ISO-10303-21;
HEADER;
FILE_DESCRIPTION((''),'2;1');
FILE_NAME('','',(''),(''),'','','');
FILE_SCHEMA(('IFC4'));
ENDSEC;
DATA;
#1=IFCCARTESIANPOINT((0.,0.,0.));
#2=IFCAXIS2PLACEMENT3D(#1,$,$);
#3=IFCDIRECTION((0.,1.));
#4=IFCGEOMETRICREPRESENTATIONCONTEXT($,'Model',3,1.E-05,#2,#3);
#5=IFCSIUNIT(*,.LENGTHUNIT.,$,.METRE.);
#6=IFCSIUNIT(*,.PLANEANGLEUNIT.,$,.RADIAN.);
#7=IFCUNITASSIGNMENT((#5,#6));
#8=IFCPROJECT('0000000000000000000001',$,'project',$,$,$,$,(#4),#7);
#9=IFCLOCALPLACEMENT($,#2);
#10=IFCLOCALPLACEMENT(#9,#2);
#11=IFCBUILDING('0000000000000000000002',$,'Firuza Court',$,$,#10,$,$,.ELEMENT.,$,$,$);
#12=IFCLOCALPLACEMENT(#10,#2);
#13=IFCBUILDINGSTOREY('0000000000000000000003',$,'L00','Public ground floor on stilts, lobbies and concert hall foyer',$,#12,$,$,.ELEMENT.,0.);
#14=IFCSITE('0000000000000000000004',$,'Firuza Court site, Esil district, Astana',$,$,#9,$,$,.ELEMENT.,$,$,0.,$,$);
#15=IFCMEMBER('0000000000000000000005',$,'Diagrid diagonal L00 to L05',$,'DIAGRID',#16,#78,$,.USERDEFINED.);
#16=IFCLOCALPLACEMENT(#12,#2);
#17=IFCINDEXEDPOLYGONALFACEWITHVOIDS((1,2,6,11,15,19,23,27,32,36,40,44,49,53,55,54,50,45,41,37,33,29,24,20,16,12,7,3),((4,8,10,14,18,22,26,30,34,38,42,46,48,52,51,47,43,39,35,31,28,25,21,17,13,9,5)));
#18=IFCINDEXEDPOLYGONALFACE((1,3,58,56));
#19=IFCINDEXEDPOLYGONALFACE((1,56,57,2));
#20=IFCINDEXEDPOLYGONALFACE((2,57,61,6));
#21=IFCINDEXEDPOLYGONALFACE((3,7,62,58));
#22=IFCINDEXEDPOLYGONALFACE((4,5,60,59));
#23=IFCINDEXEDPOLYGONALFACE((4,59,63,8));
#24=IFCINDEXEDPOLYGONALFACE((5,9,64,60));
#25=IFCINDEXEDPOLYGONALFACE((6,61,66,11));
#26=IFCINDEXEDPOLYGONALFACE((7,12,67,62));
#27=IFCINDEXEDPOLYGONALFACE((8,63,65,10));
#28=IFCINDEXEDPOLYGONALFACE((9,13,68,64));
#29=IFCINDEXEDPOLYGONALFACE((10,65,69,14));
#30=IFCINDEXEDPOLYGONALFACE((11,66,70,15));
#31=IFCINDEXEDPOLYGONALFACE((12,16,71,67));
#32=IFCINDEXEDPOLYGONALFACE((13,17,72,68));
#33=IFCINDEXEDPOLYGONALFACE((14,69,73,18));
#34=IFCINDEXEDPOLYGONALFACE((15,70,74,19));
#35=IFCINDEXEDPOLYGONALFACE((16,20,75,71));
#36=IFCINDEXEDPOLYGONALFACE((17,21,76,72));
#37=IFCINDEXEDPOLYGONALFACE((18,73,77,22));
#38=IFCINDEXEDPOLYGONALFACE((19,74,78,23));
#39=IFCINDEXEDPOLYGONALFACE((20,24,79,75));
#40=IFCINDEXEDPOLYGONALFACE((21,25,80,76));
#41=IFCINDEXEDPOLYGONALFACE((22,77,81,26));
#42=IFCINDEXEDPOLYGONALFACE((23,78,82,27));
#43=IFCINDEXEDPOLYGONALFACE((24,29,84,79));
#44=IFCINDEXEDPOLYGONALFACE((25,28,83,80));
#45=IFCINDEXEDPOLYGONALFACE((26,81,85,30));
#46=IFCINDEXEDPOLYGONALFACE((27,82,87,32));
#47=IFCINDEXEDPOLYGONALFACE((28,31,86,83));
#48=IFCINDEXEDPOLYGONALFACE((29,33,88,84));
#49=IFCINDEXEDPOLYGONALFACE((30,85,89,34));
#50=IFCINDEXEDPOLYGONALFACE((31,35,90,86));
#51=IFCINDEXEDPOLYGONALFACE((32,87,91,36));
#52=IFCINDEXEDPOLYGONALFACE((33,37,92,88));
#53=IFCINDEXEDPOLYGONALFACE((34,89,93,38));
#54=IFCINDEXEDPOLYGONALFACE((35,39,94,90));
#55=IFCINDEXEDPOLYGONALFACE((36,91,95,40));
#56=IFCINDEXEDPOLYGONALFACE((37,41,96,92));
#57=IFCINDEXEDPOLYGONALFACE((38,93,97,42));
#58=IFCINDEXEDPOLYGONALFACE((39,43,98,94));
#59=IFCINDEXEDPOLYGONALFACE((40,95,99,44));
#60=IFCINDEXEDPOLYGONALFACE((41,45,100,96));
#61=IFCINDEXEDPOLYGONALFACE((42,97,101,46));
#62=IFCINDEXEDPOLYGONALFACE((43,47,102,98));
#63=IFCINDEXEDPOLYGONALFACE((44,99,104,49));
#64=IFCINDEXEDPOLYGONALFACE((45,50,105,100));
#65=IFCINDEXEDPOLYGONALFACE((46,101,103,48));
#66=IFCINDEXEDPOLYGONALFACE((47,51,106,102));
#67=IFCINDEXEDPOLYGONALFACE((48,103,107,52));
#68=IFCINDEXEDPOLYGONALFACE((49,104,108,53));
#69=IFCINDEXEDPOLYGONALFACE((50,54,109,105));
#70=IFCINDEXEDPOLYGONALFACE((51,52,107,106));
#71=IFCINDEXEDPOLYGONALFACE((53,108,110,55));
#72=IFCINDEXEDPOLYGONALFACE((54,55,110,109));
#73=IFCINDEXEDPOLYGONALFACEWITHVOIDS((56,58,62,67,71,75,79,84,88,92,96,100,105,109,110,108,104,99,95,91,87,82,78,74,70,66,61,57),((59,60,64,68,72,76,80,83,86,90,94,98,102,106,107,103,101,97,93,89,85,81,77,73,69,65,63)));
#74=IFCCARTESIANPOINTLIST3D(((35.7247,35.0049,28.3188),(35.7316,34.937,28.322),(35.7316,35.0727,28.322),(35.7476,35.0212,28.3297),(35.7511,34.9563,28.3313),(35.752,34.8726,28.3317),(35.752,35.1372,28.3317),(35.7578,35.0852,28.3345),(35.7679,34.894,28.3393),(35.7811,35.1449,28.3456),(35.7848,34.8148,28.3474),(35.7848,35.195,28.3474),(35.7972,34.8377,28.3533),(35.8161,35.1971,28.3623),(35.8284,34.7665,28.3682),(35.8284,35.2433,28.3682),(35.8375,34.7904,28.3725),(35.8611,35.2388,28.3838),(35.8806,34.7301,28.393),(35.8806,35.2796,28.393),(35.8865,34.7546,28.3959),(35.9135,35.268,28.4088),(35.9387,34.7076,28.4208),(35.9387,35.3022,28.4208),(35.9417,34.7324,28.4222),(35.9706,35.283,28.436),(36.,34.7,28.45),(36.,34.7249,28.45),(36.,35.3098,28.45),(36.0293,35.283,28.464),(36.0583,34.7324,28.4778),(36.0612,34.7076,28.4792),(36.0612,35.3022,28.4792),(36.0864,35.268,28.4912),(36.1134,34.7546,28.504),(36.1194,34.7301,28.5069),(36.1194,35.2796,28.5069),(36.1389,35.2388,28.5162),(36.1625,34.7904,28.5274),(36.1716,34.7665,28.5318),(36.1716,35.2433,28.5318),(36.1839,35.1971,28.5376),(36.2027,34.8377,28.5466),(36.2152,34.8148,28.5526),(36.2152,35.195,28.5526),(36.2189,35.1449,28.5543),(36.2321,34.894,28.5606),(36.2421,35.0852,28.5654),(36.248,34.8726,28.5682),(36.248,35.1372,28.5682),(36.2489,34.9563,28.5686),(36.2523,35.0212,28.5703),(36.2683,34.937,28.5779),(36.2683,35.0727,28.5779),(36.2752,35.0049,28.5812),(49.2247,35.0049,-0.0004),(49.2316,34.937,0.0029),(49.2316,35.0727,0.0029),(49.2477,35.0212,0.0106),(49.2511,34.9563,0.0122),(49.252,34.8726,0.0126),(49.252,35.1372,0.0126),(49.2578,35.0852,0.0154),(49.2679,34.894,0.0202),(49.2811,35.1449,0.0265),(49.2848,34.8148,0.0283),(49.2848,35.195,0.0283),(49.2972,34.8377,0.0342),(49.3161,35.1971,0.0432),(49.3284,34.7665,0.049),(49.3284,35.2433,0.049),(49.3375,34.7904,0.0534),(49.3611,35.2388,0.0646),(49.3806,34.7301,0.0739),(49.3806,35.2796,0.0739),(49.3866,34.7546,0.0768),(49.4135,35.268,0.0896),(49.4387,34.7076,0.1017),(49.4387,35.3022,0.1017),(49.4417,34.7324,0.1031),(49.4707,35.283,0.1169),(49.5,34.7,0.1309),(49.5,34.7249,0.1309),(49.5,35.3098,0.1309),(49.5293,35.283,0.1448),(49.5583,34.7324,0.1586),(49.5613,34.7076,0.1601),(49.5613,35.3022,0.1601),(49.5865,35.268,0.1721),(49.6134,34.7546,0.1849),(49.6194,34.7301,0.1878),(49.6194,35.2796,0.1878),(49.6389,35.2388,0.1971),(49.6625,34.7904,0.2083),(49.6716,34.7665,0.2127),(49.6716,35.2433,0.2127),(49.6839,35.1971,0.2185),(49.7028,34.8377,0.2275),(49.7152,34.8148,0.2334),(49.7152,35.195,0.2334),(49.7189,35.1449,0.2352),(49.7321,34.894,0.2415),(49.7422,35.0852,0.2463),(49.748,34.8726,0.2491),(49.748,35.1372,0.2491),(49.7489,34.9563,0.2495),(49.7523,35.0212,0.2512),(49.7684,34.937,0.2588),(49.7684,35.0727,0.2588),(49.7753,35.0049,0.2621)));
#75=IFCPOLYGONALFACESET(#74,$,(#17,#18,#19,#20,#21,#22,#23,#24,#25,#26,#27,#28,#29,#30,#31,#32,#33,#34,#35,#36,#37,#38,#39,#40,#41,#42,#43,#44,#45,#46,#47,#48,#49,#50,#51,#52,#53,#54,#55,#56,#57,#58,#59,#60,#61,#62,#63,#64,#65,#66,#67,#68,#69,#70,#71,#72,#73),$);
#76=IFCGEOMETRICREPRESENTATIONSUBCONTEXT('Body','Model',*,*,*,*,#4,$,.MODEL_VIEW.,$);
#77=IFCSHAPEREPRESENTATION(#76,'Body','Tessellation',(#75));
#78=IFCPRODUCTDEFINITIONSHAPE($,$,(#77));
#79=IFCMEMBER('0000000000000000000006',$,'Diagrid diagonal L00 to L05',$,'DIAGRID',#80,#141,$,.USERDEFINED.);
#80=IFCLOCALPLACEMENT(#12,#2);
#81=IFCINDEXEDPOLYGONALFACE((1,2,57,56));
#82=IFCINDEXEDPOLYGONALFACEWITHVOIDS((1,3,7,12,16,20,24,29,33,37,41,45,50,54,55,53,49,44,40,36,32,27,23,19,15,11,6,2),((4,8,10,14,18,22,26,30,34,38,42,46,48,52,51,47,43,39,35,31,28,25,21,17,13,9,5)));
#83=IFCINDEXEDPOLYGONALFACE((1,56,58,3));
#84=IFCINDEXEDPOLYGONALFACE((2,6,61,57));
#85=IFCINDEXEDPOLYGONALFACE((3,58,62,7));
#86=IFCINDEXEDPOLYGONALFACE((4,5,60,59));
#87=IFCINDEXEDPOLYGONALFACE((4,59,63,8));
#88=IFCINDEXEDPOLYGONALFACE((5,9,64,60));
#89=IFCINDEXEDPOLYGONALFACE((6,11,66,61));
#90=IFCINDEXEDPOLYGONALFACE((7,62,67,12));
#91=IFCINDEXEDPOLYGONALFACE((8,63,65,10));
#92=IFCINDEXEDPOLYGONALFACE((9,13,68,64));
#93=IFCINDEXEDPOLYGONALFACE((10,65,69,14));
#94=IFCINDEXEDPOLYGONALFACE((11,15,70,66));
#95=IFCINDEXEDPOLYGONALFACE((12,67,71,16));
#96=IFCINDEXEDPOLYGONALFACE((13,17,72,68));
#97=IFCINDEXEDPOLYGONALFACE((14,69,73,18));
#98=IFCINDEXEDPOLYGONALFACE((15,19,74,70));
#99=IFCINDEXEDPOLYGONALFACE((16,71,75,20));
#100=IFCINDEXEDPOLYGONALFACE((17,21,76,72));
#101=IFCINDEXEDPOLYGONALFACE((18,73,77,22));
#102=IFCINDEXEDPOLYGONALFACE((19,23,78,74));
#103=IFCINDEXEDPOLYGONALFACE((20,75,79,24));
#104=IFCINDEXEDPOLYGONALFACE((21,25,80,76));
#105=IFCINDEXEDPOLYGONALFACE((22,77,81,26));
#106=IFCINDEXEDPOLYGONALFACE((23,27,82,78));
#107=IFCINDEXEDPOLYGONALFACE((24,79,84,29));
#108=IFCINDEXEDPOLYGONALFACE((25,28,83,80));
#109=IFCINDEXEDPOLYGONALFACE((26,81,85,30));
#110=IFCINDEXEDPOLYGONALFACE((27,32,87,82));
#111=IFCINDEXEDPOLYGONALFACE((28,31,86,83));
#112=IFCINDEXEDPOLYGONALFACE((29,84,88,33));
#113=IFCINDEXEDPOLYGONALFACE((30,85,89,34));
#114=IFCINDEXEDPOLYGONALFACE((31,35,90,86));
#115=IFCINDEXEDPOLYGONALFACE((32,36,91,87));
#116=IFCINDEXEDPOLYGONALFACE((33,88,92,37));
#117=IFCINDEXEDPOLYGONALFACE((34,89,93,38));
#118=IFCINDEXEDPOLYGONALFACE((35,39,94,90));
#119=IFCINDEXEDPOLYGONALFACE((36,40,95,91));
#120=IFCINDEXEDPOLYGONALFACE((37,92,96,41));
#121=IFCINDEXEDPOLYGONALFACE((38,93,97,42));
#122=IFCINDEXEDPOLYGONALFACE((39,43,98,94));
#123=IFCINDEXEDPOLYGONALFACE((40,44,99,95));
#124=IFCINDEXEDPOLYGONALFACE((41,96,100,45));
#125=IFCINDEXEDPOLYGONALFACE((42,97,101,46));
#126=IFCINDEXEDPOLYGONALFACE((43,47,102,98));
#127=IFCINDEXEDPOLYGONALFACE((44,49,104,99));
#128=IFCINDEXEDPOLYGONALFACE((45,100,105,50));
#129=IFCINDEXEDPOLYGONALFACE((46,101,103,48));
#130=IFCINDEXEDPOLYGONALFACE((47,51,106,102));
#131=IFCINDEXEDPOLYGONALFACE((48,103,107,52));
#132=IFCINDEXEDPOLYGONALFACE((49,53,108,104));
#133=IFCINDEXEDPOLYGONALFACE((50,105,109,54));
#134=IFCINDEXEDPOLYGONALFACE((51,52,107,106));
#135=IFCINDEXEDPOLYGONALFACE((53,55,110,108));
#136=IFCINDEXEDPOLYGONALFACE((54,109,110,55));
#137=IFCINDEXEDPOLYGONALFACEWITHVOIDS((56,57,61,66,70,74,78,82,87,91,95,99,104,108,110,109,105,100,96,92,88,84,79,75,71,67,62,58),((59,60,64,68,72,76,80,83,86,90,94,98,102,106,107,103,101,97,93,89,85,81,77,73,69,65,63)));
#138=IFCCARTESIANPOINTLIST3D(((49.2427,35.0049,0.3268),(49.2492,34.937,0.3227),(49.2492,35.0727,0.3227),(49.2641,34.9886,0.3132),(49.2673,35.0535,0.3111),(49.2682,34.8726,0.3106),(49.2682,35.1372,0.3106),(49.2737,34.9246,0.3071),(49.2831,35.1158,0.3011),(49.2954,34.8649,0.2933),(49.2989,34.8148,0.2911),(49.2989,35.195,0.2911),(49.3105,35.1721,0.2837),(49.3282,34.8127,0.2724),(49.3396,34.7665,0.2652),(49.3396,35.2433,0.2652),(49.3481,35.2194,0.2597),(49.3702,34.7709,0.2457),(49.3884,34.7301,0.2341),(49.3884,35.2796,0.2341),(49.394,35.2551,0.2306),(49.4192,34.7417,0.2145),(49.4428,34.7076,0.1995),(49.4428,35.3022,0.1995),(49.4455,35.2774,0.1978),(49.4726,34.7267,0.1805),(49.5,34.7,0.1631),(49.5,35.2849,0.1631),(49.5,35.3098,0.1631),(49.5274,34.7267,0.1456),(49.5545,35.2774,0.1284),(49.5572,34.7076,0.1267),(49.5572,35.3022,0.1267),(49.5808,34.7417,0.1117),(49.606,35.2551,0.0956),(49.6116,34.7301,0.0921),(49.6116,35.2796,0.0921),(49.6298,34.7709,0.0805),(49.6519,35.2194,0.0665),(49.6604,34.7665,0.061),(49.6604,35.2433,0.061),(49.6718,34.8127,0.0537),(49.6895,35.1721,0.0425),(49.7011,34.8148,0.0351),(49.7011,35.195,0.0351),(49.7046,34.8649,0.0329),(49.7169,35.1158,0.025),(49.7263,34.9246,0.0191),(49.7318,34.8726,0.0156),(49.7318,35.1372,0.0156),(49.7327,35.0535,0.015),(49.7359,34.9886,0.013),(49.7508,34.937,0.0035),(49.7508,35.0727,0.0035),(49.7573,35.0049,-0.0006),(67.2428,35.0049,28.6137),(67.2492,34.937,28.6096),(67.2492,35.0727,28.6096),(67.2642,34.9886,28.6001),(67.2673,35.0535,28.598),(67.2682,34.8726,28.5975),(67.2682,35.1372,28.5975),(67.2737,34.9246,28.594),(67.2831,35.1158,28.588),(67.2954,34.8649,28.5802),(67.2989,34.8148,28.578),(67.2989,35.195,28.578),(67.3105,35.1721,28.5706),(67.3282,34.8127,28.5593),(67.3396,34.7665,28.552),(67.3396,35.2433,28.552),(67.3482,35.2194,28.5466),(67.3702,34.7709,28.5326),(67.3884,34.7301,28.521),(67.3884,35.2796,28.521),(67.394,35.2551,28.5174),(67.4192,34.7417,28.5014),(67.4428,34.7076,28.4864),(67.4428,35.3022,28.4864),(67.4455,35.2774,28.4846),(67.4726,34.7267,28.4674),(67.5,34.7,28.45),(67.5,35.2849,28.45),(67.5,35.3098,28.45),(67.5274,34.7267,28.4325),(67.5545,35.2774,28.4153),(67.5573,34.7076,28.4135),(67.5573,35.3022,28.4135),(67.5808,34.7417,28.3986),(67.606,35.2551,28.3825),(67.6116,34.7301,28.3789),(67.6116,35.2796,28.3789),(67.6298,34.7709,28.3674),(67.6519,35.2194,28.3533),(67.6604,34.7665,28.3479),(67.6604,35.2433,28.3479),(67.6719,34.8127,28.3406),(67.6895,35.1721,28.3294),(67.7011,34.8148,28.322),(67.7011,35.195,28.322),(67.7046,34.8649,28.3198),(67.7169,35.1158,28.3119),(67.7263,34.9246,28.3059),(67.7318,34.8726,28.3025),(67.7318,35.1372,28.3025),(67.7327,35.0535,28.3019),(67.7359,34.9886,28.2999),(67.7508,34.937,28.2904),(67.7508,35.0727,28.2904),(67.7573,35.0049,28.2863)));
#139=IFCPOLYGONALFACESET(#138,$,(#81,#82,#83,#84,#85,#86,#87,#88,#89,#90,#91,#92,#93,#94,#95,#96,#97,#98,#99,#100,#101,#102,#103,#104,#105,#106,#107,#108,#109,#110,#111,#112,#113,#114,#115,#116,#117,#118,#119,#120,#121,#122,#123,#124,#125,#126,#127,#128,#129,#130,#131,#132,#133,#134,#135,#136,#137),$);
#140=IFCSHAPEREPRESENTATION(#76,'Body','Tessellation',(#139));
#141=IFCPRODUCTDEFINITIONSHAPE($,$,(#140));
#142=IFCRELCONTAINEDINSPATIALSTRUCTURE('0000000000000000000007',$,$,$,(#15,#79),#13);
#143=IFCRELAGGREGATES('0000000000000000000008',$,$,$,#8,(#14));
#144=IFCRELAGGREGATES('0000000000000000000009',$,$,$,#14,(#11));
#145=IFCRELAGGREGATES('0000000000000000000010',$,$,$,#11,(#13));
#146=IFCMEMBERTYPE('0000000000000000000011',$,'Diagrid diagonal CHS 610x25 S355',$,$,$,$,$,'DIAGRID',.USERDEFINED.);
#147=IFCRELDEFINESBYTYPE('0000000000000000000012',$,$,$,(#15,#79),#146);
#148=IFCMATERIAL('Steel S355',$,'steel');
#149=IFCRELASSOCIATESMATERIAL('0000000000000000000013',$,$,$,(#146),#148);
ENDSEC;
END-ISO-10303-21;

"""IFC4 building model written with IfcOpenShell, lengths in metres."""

from ifc_helpers import new_model, si_unit, direction, frame, origin, origin_2d, place, context, subcontext, project, spatial, hollow_circle, extrude, material, material_profile, profile_set, type_object, element, save


model = new_model("IFC4")

# Units and contexts
model_context = context("Model", 3, precision=1e-05, world=origin(), true_north=direction((0.0, 1.0)))
body_context = subcontext(model_context, "Body", "Model", "MODEL_VIEW")
ifc_project = project(units=[si_unit("LENGTHUNIT", "METRE"), si_unit("PLANEANGLEUNIT", "RADIAN")], contexts=[model_context])

# Site, building, storey
site_placement = place(None, origin())
site = spatial("IfcSite", under=ifc_project, at=site_placement, Name="Firuza Court site, Esil district, Astana", CompositionType="ELEMENT", RefElevation=0.0)
building_placement = place(site_placement, origin())
building = spatial("IfcBuilding", under=site, at=building_placement, Name="Firuza Court", CompositionType="ELEMENT")
storey_placement = place(building_placement, origin())
storey = spatial("IfcBuildingStorey", under=building, at=storey_placement, Name="L00", Description="Public ground floor on stilts, lobbies and concert hall foyer", CompositionType="ELEMENT", Elevation=0.0)

# Members
ifc_material_1 = material(Name="Steel S355", Category="steel")
ifc_material_profile_1 = material_profile(ifc_material_1, hollow_circle(Radius=0.3049, WallThickness=0.0249, at=origin_2d()), Name="CHS 610x25")
ifc_profile_set_1 = profile_set([ifc_material_profile_1], Name="Steel S355")
member_type_1 = type_object("IfcMemberType", Name="Diagrid diagonal CHS 610x25 S355", ElementType="DIAGRID", PredefinedType="USERDEFINED", material=ifc_profile_set_1)
member_1_placement = place(storey_placement, frame((49.5, 35.0049, 0.1309), z_axis=(-0.430316, 0.0, 0.902678), x_axis=(0.0, -1.0, 0.0)))
element("IfcMember", 1, at=member_1_placement, inside=storey, type_object=member_type_1, Name="Diagrid diagonal L00 to L05", ObjectType="DIAGRID", PredefinedType="USERDEFINED", context=body_context, shape_type="SweptSolid", body=[
    extrude(hollow_circle(Radius=0.3049, WallThickness=0.0249, at=origin_2d()), origin(), (0.0, 0.0, 1.0), 31.3723),
])
member_2_placement = place(storey_placement, frame((49.5, 35.0049, 0.1631), z_axis=(0.53686, 0.0, 0.843671), x_axis=(0.0, 1.0, 0.0)))
element("IfcMember", 2, at=member_2_placement, inside=storey, type_object=member_type_1, Name="Diagrid diagonal L00 to L05", ObjectType="DIAGRID", PredefinedType="USERDEFINED", context=body_context, shape_type="SweptSolid", body=[
    extrude(hollow_circle(Radius=0.3049, WallThickness=0.0249, at=origin_2d()), origin(), (0.0, 0.0, 1.0), 33.5283),
])

save(model, "model.ifc")
